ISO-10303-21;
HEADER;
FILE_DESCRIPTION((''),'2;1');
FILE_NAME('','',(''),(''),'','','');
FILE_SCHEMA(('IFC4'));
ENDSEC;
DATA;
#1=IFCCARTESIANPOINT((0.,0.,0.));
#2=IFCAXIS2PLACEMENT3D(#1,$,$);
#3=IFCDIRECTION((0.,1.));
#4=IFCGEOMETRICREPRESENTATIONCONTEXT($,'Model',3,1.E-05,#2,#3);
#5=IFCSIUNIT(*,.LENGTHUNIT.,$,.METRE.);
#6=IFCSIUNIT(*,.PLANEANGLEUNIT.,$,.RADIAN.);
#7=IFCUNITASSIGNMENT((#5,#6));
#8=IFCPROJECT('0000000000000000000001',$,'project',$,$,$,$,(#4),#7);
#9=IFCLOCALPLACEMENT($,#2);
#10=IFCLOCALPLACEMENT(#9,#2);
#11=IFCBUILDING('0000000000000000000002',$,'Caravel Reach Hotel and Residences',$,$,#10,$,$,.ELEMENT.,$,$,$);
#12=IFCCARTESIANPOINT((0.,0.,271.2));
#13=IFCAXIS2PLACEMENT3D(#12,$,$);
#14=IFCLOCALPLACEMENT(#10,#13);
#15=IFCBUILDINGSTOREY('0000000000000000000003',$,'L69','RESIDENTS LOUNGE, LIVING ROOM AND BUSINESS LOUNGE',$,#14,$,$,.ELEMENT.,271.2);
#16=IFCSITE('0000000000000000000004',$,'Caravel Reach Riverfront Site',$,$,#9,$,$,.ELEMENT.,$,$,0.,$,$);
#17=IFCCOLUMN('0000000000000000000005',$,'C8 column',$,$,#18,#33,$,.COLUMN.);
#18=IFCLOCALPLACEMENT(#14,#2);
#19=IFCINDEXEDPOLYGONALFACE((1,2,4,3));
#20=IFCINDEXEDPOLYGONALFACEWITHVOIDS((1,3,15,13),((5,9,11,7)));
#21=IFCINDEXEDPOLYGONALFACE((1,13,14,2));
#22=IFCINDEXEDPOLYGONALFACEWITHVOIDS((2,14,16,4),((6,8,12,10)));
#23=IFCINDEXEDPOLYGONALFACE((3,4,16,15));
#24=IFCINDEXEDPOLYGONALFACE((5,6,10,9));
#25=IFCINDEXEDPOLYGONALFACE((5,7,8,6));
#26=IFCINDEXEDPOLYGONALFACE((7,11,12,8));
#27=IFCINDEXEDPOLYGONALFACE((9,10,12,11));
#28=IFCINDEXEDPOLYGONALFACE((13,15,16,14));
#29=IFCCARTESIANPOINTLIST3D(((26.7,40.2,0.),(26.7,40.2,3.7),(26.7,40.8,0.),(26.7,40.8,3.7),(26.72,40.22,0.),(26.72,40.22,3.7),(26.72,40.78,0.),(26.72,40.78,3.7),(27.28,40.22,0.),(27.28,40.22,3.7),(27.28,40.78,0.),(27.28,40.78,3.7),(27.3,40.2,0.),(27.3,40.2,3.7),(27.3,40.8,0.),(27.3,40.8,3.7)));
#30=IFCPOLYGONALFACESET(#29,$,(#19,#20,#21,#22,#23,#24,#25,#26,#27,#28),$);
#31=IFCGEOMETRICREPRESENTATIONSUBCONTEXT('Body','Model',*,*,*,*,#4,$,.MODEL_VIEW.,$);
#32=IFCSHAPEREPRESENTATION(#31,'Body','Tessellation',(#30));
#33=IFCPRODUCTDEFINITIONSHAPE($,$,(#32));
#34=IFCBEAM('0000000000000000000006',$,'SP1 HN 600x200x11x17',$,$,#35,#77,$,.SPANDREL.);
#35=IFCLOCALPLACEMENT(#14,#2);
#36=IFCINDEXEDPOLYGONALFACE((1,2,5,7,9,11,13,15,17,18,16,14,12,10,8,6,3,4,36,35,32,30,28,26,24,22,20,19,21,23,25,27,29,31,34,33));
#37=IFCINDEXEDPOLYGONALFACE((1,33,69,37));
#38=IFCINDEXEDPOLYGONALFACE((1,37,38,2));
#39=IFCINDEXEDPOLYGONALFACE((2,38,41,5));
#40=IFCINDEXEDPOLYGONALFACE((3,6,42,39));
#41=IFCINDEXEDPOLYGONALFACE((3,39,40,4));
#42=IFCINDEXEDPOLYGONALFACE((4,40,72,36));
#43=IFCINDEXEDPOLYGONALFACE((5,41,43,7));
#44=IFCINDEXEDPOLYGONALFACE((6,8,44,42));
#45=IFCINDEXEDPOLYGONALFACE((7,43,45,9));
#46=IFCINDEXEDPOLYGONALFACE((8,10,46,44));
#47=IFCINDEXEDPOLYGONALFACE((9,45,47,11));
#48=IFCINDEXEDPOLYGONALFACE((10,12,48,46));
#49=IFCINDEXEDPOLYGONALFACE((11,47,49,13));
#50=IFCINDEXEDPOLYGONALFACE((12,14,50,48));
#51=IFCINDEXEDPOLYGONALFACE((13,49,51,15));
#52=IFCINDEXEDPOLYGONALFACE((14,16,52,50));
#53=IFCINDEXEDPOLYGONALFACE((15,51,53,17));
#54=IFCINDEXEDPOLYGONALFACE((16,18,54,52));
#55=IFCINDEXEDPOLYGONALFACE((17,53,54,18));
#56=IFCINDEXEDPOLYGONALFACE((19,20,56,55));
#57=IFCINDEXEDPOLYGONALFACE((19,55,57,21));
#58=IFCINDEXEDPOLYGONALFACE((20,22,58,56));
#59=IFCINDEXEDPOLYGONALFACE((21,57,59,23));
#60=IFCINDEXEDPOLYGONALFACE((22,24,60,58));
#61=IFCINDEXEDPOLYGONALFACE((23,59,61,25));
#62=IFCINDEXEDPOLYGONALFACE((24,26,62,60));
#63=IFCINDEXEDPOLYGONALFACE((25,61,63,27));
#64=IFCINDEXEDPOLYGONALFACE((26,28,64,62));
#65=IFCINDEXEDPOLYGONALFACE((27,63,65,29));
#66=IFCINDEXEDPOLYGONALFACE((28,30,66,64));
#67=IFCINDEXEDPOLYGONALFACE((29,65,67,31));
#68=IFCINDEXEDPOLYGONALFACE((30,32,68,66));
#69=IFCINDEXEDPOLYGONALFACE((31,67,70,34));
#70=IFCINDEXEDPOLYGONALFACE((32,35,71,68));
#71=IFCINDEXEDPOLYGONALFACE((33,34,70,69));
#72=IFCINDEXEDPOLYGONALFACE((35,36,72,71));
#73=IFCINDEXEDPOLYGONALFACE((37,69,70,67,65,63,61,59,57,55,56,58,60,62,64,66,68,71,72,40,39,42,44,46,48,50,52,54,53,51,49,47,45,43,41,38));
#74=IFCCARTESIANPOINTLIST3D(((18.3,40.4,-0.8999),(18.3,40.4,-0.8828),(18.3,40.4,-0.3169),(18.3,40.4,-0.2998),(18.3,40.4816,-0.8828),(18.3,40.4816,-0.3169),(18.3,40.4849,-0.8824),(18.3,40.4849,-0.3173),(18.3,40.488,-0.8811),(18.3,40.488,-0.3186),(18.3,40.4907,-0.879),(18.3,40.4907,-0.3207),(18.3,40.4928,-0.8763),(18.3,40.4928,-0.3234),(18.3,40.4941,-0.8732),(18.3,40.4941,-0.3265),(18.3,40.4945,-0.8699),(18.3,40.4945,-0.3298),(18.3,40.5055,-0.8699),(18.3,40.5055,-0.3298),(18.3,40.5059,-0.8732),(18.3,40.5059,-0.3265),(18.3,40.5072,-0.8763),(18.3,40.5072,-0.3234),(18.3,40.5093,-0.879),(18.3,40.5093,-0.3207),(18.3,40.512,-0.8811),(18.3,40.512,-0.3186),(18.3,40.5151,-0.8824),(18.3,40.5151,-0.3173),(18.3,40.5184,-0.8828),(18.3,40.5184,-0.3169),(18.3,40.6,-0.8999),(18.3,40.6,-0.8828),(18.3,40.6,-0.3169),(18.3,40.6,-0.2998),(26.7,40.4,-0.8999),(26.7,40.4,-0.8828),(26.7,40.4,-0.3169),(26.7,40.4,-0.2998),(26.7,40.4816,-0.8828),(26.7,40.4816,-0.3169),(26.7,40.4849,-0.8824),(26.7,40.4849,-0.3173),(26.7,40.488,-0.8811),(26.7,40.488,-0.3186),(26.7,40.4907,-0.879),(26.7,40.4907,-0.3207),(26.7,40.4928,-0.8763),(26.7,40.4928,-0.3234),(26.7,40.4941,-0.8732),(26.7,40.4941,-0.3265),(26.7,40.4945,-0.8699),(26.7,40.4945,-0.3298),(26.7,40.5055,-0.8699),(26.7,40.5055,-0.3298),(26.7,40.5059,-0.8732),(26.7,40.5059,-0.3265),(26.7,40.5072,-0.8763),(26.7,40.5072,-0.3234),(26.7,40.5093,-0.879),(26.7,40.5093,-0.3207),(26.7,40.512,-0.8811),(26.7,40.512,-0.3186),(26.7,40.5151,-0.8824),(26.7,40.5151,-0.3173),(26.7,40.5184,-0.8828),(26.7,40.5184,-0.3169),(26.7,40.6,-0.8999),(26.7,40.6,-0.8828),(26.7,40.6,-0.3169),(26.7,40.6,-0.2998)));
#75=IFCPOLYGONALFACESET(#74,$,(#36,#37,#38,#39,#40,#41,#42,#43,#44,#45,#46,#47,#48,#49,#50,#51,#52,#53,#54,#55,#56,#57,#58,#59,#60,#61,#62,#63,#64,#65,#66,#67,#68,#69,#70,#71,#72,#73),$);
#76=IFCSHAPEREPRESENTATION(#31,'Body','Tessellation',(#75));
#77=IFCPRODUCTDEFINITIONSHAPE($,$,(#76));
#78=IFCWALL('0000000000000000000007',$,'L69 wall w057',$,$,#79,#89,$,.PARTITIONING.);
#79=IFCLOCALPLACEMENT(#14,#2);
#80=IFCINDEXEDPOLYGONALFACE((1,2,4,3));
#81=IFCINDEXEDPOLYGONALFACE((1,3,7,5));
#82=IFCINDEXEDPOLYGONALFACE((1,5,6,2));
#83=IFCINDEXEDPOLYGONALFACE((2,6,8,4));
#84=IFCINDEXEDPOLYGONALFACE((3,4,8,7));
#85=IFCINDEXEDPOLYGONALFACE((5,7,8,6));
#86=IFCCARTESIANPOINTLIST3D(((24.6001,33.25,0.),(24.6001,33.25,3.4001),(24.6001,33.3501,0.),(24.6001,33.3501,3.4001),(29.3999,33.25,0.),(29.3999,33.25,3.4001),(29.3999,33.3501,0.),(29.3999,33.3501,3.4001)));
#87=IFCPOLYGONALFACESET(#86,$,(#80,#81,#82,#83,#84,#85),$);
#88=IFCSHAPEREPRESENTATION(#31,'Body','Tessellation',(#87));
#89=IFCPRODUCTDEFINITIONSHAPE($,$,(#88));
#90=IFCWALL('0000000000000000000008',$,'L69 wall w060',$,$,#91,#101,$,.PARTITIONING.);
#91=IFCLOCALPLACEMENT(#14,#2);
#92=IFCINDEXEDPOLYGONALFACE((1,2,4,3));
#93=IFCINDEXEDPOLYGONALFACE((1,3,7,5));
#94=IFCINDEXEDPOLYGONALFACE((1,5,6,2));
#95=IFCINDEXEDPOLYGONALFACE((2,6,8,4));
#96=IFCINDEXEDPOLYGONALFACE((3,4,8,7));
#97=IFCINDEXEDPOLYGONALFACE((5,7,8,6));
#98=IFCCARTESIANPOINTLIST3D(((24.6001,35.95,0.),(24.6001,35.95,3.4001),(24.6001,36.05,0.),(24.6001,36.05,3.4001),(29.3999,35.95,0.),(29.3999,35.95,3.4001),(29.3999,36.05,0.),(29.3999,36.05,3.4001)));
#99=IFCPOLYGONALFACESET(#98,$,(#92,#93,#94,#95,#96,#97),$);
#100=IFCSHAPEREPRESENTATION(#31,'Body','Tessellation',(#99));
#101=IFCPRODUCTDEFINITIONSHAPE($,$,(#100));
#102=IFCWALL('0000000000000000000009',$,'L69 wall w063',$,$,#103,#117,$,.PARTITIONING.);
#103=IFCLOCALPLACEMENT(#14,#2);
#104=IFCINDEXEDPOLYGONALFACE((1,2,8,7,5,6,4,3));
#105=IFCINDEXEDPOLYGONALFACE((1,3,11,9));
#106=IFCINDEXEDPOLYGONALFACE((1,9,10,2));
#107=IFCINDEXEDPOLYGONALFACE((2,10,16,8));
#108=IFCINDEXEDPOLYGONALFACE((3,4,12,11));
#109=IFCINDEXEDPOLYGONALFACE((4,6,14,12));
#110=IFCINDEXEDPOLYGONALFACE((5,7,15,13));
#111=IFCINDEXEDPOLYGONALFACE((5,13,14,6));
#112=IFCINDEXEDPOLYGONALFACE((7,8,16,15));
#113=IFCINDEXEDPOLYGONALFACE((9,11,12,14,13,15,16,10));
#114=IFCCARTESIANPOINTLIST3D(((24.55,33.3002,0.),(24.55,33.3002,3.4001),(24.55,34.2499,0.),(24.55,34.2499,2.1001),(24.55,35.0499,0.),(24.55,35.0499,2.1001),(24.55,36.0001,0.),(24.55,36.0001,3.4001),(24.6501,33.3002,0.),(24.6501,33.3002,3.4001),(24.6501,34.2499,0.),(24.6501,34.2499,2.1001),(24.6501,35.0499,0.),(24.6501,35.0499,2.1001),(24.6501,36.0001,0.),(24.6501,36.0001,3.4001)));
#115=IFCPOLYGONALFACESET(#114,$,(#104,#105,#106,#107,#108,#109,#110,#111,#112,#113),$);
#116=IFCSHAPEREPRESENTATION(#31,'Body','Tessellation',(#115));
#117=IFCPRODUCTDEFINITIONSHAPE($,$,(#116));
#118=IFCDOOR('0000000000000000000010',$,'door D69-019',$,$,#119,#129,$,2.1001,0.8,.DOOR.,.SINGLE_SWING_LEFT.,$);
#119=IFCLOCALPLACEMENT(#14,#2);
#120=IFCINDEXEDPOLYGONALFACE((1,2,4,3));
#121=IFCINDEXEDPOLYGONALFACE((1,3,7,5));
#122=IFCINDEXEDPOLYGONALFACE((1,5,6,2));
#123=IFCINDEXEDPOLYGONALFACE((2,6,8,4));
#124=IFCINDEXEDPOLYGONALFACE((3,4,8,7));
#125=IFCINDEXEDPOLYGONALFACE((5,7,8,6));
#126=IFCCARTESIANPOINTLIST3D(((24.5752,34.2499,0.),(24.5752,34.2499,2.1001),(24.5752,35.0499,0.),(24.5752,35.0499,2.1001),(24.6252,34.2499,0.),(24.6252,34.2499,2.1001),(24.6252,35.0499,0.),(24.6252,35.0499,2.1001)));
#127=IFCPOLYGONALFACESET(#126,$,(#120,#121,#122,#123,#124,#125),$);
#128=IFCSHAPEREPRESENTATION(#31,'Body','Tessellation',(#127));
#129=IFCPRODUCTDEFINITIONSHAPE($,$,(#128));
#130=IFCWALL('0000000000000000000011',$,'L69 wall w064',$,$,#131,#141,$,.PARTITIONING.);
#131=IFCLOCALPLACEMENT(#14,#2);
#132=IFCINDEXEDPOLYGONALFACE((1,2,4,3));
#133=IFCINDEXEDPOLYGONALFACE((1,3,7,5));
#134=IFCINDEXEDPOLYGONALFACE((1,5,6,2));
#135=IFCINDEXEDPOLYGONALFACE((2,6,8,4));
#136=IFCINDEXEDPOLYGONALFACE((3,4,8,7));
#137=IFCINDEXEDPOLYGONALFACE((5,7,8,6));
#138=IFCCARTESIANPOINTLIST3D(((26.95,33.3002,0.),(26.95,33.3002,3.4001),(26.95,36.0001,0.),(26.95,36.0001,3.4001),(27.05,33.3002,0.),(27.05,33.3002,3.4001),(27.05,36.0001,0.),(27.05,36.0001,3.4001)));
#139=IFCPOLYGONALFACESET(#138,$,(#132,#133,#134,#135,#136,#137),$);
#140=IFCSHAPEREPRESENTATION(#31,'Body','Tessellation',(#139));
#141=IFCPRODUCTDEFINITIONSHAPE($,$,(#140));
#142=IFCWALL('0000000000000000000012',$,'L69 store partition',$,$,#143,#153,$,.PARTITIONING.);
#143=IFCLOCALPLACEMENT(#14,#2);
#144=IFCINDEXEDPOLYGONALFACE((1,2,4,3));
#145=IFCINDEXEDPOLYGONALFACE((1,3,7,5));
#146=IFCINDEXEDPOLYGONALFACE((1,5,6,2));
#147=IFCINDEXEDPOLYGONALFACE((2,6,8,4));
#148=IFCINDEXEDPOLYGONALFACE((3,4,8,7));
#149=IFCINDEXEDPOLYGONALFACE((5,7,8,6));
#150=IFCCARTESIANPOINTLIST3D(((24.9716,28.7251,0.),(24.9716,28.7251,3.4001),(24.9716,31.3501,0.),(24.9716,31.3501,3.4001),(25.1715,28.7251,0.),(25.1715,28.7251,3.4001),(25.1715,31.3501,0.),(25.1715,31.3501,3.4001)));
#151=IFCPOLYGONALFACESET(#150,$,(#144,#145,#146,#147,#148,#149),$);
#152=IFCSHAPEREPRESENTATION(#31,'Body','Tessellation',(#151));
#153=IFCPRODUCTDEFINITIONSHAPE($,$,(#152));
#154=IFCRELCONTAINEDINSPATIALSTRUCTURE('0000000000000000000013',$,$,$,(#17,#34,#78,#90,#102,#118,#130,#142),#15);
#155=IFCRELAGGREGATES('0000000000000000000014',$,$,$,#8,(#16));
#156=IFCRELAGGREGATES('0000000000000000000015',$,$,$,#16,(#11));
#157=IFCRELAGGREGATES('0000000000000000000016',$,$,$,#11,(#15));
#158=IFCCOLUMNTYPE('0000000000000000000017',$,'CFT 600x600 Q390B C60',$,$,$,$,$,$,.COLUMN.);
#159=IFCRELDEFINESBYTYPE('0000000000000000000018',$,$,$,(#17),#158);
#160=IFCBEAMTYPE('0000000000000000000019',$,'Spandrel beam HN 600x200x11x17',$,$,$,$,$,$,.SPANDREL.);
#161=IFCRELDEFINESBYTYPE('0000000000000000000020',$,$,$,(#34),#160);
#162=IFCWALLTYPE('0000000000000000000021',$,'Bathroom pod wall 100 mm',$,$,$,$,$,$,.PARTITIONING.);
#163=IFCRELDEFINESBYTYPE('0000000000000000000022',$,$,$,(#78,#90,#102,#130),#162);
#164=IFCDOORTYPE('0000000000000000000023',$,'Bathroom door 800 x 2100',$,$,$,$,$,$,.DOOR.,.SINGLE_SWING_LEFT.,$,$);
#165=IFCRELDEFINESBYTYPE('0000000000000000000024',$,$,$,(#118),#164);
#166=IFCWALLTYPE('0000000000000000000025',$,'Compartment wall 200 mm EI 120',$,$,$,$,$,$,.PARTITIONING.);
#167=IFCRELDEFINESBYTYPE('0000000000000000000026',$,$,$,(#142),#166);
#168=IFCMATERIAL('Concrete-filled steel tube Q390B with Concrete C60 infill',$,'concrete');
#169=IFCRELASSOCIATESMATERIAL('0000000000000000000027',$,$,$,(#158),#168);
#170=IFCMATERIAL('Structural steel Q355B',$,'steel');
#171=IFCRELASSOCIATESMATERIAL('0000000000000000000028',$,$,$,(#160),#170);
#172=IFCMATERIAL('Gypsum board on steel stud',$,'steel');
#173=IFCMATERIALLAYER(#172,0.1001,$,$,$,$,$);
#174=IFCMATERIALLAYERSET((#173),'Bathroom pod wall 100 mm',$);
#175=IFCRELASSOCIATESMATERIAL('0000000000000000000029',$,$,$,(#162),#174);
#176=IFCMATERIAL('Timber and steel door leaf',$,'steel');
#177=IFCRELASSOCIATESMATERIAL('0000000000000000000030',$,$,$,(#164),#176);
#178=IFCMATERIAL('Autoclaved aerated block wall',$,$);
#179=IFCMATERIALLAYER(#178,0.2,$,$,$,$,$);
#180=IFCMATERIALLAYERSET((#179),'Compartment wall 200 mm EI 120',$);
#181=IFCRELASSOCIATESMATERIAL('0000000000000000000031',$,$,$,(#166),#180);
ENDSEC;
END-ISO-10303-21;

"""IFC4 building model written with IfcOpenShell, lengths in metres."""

from ifc_helpers import new_model, si_unit, direction, frame, frame_2d, origin, origin_2d, place, context, subcontext, project, spatial, rectangle, hollow_rectangle, i_section, extrude, material, layer, layer_set, material_profile, profile_set, type_object, element, fill, save


model = new_model("IFC4")

# Units and contexts
model_context = context("Model", 3, precision=1e-05, world=origin(), true_north=direction((0.0, 1.0)))
body_context = subcontext(model_context, "Body", "Model", "MODEL_VIEW")
ifc_project = project(units=[si_unit("LENGTHUNIT", "METRE"), si_unit("PLANEANGLEUNIT", "RADIAN")], contexts=[model_context])

# Site, building, storey
site_placement = place(None, origin())
site = spatial("IfcSite", under=ifc_project, at=site_placement, Name="Caravel Reach Riverfront Site", CompositionType="ELEMENT", RefElevation=0.0)
building_placement = place(site_placement, origin())
building = spatial("IfcBuilding", under=site, at=building_placement, Name="Caravel Reach Hotel and Residences", CompositionType="ELEMENT")
storey_placement = place(building_placement, frame((0.0, 0.0, 271.2)))
storey = spatial("IfcBuildingStorey", under=building, at=storey_placement, Name="L69", Description="RESIDENTS LOUNGE, LIVING ROOM AND BUSINESS LOUNGE", CompositionType="ELEMENT", Elevation=271.2)

# Column
ifc_material_1 = material(Name="Concrete-filled steel tube Q390B with Concrete C60 infill", Category="concrete")
ifc_material_profile_1 = material_profile(ifc_material_1, hollow_rectangle(XDim=0.6001, YDim=0.6001, WallThickness=0.02, at=origin_2d()), Name="RHS 600x600x20")
ifc_profile_set_1 = profile_set([ifc_material_profile_1], Name="Concrete-filled steel tube Q390B with Concrete C60 infill")
column_type = type_object("IfcColumnType", Name="CFT 600x600 Q390B C60", PredefinedType="COLUMN", material=ifc_profile_set_1)
column_placement = place(storey_placement, frame((27.0, 40.5, 0.0), z_axis=(0.0, 0.0, 1.0), x_axis=(1.0, 0.0, 0.0)))
element("IfcColumn", 1, at=column_placement, inside=storey, type_object=column_type, Name="C8 column", PredefinedType="COLUMN", context=body_context, shape_type="SweptSolid", body=[
    extrude(hollow_rectangle(XDim=0.6001, YDim=0.6001, WallThickness=0.02, at=origin_2d()), origin(), (0.0, 0.0, 1.0), 3.7),
])

# Beam
ifc_material_2 = material(Name="Structural steel Q355B", Category="steel")
ifc_material_profile_2 = material_profile(ifc_material_2, i_section(OverallWidth=0.2, OverallDepth=0.6001, WebThickness=0.011, FlangeThickness=0.0171, FilletRadius=0.0129, at=origin_2d()), Name="HN 600x200x11x17")
ifc_profile_set_2 = profile_set([ifc_material_profile_2], Name="Structural steel Q355B")
beam_type = type_object("IfcBeamType", Name="Spandrel beam HN 600x200x11x17", PredefinedType="SPANDREL", material=ifc_profile_set_2)
beam_placement = place(storey_placement, frame((26.7, 40.5, -0.5999), z_axis=(-1.0, 0.0, 0.0), x_axis=(0.0, -1.0, 0.0)))
element("IfcBeam", 2, at=beam_placement, inside=storey, type_object=beam_type, Name="SP1 HN 600x200x11x17", PredefinedType="SPANDREL", context=body_context, shape_type="SweptSolid", body=[
    extrude(i_section(OverallWidth=0.2, OverallDepth=0.6001, WebThickness=0.011, FlangeThickness=0.0171, FilletRadius=0.0129, at=origin_2d()), origin(), (0.0, 0.0, 1.0), 8.3999),
])

# Walls
ifc_material_3 = material(Name="Gypsum board on steel stud", Category="steel")
ifc_layer_1 = layer(ifc_material_3, 0.1001)
ifc_layer_set_1 = layer_set([ifc_layer_1], Name="Bathroom pod wall 100 mm")
wall_type_1 = type_object("IfcWallType", Name="Bathroom pod wall 100 mm", PredefinedType="PARTITIONING", material=ifc_layer_set_1)
for number, where, z_axis, x_axis, name in (
    (3, (24.6001, 33.3, 0.0), (0.0, 0.0, 1.0), (1.0, 0.0, 0.0), "L69 wall w057"),
    (4, (24.6001, 36.0, 0.0), (0.0, 0.0, 1.0), (1.0, 0.0, 0.0), "L69 wall w060"),
):
    element("IfcWall", number, at=place(storey_placement, frame(where, z_axis=z_axis, x_axis=x_axis)), inside=storey, type_object=wall_type_1, Name=name, PredefinedType="PARTITIONING", context=body_context, shape_type="SweptSolid", body=[
        extrude(rectangle(XDim=4.7998, YDim=0.1001, at=frame_2d((2.3999, 0.0))), origin(), (0.0, 0.0, 1.0), 3.4001),
    ])

# Wall, opening, door
wall_1_placement = place(storey_placement, frame((24.6001, 33.3, 0.0), z_axis=(0.0, 0.0, 1.0), x_axis=(0.0, 1.0, 0.0)))
wall_1 = element("IfcWall", 5, at=wall_1_placement, inside=storey, type_object=wall_type_1, Name="L69 wall w063", PredefinedType="PARTITIONING", context=body_context, shape_type="SweptSolid", body=[
    extrude(rectangle(XDim=2.7, YDim=0.1001, at=frame_2d((1.3501, 0.0))), origin(), (0.0, 0.0, 1.0), 3.4001),
])
opening_1_placement = place(wall_1_placement, frame((0.95, 0.0, 0.0)))
opening_1 = element("IfcOpeningElement", 6, at=opening_1_placement, cuts=wall_1, PredefinedType="OPENING", context=body_context, shape_type="SweptSolid", body=[
    extrude(rectangle(XDim=0.8, YDim=2.1001, at=frame_2d((0.3999, 1.05))), frame((0.0, 0.0601, 0.0), z_axis=(0.0, -1.0, 0.0), x_axis=(1.0, 0.0, 0.0)), (0.0, 0.0, 1.0), 0.1201),
])
ifc_material_4 = material(Name="Timber and steel door leaf", Category="steel")
door_type_1 = type_object("IfcDoorType", Name="Bathroom door 800 x 2100", OperationType="SINGLE_SWING_LEFT", PredefinedType="DOOR", material=ifc_material_4)
door_1_placement = place(opening_1_placement, origin())
door_1 = element("IfcDoor", 7, at=door_1_placement, inside=storey, type_object=door_type_1, Name="door D69-019", OperationType="SINGLE_SWING_LEFT", OverallHeight=2.1001, OverallWidth=0.8, PredefinedType="DOOR", context=body_context, shape_type="SweptSolid", body=[
    extrude(rectangle(XDim=0.8, YDim=2.1001, at=frame_2d((0.3999, 1.05))), frame((0.0, 0.0249, 0.0), z_axis=(0.0, -1.0, 0.0), x_axis=(1.0, 0.0, 0.0)), (0.0, 0.0, 1.0), 0.05),
])
fill(opening_1, door_1)

# Walls
wall_2_placement = place(storey_placement, frame((27.0, 33.3, 0.0), z_axis=(0.0, 0.0, 1.0), x_axis=(0.0, 1.0, 0.0)))
element("IfcWall", 8, at=wall_2_placement, inside=storey, type_object=wall_type_1, Name="L69 wall w064", PredefinedType="PARTITIONING", context=body_context, shape_type="SweptSolid", body=[
    extrude(rectangle(XDim=2.7, YDim=0.1001, at=frame_2d((1.3501, 0.0))), origin(), (0.0, 0.0, 1.0), 3.4001),
])
ifc_material_5 = material(Name="Autoclaved aerated block wall")
ifc_layer_2 = layer(ifc_material_5, 0.2)
ifc_layer_set_2 = layer_set([ifc_layer_2], Name="Compartment wall 200 mm EI 120")
wall_type_2 = type_object("IfcWallType", Name="Compartment wall 200 mm EI 120", PredefinedType="PARTITIONING", material=ifc_layer_set_2)
wall_3_placement = place(storey_placement, frame((25.0715, 28.7251, 0.0), z_axis=(0.0, 0.0, 1.0), x_axis=(0.0, 1.0, 0.0)))
element("IfcWall", 9, at=wall_3_placement, inside=storey, type_object=wall_type_2, Name="L69 store partition", PredefinedType="PARTITIONING", context=body_context, shape_type="SweptSolid", body=[
    extrude(rectangle(XDim=2.625, YDim=0.2, at=frame_2d((1.3125, 0.0))), origin(), (0.0, 0.0, 1.0), 3.4001),
])

save(model, "model.ifc")
